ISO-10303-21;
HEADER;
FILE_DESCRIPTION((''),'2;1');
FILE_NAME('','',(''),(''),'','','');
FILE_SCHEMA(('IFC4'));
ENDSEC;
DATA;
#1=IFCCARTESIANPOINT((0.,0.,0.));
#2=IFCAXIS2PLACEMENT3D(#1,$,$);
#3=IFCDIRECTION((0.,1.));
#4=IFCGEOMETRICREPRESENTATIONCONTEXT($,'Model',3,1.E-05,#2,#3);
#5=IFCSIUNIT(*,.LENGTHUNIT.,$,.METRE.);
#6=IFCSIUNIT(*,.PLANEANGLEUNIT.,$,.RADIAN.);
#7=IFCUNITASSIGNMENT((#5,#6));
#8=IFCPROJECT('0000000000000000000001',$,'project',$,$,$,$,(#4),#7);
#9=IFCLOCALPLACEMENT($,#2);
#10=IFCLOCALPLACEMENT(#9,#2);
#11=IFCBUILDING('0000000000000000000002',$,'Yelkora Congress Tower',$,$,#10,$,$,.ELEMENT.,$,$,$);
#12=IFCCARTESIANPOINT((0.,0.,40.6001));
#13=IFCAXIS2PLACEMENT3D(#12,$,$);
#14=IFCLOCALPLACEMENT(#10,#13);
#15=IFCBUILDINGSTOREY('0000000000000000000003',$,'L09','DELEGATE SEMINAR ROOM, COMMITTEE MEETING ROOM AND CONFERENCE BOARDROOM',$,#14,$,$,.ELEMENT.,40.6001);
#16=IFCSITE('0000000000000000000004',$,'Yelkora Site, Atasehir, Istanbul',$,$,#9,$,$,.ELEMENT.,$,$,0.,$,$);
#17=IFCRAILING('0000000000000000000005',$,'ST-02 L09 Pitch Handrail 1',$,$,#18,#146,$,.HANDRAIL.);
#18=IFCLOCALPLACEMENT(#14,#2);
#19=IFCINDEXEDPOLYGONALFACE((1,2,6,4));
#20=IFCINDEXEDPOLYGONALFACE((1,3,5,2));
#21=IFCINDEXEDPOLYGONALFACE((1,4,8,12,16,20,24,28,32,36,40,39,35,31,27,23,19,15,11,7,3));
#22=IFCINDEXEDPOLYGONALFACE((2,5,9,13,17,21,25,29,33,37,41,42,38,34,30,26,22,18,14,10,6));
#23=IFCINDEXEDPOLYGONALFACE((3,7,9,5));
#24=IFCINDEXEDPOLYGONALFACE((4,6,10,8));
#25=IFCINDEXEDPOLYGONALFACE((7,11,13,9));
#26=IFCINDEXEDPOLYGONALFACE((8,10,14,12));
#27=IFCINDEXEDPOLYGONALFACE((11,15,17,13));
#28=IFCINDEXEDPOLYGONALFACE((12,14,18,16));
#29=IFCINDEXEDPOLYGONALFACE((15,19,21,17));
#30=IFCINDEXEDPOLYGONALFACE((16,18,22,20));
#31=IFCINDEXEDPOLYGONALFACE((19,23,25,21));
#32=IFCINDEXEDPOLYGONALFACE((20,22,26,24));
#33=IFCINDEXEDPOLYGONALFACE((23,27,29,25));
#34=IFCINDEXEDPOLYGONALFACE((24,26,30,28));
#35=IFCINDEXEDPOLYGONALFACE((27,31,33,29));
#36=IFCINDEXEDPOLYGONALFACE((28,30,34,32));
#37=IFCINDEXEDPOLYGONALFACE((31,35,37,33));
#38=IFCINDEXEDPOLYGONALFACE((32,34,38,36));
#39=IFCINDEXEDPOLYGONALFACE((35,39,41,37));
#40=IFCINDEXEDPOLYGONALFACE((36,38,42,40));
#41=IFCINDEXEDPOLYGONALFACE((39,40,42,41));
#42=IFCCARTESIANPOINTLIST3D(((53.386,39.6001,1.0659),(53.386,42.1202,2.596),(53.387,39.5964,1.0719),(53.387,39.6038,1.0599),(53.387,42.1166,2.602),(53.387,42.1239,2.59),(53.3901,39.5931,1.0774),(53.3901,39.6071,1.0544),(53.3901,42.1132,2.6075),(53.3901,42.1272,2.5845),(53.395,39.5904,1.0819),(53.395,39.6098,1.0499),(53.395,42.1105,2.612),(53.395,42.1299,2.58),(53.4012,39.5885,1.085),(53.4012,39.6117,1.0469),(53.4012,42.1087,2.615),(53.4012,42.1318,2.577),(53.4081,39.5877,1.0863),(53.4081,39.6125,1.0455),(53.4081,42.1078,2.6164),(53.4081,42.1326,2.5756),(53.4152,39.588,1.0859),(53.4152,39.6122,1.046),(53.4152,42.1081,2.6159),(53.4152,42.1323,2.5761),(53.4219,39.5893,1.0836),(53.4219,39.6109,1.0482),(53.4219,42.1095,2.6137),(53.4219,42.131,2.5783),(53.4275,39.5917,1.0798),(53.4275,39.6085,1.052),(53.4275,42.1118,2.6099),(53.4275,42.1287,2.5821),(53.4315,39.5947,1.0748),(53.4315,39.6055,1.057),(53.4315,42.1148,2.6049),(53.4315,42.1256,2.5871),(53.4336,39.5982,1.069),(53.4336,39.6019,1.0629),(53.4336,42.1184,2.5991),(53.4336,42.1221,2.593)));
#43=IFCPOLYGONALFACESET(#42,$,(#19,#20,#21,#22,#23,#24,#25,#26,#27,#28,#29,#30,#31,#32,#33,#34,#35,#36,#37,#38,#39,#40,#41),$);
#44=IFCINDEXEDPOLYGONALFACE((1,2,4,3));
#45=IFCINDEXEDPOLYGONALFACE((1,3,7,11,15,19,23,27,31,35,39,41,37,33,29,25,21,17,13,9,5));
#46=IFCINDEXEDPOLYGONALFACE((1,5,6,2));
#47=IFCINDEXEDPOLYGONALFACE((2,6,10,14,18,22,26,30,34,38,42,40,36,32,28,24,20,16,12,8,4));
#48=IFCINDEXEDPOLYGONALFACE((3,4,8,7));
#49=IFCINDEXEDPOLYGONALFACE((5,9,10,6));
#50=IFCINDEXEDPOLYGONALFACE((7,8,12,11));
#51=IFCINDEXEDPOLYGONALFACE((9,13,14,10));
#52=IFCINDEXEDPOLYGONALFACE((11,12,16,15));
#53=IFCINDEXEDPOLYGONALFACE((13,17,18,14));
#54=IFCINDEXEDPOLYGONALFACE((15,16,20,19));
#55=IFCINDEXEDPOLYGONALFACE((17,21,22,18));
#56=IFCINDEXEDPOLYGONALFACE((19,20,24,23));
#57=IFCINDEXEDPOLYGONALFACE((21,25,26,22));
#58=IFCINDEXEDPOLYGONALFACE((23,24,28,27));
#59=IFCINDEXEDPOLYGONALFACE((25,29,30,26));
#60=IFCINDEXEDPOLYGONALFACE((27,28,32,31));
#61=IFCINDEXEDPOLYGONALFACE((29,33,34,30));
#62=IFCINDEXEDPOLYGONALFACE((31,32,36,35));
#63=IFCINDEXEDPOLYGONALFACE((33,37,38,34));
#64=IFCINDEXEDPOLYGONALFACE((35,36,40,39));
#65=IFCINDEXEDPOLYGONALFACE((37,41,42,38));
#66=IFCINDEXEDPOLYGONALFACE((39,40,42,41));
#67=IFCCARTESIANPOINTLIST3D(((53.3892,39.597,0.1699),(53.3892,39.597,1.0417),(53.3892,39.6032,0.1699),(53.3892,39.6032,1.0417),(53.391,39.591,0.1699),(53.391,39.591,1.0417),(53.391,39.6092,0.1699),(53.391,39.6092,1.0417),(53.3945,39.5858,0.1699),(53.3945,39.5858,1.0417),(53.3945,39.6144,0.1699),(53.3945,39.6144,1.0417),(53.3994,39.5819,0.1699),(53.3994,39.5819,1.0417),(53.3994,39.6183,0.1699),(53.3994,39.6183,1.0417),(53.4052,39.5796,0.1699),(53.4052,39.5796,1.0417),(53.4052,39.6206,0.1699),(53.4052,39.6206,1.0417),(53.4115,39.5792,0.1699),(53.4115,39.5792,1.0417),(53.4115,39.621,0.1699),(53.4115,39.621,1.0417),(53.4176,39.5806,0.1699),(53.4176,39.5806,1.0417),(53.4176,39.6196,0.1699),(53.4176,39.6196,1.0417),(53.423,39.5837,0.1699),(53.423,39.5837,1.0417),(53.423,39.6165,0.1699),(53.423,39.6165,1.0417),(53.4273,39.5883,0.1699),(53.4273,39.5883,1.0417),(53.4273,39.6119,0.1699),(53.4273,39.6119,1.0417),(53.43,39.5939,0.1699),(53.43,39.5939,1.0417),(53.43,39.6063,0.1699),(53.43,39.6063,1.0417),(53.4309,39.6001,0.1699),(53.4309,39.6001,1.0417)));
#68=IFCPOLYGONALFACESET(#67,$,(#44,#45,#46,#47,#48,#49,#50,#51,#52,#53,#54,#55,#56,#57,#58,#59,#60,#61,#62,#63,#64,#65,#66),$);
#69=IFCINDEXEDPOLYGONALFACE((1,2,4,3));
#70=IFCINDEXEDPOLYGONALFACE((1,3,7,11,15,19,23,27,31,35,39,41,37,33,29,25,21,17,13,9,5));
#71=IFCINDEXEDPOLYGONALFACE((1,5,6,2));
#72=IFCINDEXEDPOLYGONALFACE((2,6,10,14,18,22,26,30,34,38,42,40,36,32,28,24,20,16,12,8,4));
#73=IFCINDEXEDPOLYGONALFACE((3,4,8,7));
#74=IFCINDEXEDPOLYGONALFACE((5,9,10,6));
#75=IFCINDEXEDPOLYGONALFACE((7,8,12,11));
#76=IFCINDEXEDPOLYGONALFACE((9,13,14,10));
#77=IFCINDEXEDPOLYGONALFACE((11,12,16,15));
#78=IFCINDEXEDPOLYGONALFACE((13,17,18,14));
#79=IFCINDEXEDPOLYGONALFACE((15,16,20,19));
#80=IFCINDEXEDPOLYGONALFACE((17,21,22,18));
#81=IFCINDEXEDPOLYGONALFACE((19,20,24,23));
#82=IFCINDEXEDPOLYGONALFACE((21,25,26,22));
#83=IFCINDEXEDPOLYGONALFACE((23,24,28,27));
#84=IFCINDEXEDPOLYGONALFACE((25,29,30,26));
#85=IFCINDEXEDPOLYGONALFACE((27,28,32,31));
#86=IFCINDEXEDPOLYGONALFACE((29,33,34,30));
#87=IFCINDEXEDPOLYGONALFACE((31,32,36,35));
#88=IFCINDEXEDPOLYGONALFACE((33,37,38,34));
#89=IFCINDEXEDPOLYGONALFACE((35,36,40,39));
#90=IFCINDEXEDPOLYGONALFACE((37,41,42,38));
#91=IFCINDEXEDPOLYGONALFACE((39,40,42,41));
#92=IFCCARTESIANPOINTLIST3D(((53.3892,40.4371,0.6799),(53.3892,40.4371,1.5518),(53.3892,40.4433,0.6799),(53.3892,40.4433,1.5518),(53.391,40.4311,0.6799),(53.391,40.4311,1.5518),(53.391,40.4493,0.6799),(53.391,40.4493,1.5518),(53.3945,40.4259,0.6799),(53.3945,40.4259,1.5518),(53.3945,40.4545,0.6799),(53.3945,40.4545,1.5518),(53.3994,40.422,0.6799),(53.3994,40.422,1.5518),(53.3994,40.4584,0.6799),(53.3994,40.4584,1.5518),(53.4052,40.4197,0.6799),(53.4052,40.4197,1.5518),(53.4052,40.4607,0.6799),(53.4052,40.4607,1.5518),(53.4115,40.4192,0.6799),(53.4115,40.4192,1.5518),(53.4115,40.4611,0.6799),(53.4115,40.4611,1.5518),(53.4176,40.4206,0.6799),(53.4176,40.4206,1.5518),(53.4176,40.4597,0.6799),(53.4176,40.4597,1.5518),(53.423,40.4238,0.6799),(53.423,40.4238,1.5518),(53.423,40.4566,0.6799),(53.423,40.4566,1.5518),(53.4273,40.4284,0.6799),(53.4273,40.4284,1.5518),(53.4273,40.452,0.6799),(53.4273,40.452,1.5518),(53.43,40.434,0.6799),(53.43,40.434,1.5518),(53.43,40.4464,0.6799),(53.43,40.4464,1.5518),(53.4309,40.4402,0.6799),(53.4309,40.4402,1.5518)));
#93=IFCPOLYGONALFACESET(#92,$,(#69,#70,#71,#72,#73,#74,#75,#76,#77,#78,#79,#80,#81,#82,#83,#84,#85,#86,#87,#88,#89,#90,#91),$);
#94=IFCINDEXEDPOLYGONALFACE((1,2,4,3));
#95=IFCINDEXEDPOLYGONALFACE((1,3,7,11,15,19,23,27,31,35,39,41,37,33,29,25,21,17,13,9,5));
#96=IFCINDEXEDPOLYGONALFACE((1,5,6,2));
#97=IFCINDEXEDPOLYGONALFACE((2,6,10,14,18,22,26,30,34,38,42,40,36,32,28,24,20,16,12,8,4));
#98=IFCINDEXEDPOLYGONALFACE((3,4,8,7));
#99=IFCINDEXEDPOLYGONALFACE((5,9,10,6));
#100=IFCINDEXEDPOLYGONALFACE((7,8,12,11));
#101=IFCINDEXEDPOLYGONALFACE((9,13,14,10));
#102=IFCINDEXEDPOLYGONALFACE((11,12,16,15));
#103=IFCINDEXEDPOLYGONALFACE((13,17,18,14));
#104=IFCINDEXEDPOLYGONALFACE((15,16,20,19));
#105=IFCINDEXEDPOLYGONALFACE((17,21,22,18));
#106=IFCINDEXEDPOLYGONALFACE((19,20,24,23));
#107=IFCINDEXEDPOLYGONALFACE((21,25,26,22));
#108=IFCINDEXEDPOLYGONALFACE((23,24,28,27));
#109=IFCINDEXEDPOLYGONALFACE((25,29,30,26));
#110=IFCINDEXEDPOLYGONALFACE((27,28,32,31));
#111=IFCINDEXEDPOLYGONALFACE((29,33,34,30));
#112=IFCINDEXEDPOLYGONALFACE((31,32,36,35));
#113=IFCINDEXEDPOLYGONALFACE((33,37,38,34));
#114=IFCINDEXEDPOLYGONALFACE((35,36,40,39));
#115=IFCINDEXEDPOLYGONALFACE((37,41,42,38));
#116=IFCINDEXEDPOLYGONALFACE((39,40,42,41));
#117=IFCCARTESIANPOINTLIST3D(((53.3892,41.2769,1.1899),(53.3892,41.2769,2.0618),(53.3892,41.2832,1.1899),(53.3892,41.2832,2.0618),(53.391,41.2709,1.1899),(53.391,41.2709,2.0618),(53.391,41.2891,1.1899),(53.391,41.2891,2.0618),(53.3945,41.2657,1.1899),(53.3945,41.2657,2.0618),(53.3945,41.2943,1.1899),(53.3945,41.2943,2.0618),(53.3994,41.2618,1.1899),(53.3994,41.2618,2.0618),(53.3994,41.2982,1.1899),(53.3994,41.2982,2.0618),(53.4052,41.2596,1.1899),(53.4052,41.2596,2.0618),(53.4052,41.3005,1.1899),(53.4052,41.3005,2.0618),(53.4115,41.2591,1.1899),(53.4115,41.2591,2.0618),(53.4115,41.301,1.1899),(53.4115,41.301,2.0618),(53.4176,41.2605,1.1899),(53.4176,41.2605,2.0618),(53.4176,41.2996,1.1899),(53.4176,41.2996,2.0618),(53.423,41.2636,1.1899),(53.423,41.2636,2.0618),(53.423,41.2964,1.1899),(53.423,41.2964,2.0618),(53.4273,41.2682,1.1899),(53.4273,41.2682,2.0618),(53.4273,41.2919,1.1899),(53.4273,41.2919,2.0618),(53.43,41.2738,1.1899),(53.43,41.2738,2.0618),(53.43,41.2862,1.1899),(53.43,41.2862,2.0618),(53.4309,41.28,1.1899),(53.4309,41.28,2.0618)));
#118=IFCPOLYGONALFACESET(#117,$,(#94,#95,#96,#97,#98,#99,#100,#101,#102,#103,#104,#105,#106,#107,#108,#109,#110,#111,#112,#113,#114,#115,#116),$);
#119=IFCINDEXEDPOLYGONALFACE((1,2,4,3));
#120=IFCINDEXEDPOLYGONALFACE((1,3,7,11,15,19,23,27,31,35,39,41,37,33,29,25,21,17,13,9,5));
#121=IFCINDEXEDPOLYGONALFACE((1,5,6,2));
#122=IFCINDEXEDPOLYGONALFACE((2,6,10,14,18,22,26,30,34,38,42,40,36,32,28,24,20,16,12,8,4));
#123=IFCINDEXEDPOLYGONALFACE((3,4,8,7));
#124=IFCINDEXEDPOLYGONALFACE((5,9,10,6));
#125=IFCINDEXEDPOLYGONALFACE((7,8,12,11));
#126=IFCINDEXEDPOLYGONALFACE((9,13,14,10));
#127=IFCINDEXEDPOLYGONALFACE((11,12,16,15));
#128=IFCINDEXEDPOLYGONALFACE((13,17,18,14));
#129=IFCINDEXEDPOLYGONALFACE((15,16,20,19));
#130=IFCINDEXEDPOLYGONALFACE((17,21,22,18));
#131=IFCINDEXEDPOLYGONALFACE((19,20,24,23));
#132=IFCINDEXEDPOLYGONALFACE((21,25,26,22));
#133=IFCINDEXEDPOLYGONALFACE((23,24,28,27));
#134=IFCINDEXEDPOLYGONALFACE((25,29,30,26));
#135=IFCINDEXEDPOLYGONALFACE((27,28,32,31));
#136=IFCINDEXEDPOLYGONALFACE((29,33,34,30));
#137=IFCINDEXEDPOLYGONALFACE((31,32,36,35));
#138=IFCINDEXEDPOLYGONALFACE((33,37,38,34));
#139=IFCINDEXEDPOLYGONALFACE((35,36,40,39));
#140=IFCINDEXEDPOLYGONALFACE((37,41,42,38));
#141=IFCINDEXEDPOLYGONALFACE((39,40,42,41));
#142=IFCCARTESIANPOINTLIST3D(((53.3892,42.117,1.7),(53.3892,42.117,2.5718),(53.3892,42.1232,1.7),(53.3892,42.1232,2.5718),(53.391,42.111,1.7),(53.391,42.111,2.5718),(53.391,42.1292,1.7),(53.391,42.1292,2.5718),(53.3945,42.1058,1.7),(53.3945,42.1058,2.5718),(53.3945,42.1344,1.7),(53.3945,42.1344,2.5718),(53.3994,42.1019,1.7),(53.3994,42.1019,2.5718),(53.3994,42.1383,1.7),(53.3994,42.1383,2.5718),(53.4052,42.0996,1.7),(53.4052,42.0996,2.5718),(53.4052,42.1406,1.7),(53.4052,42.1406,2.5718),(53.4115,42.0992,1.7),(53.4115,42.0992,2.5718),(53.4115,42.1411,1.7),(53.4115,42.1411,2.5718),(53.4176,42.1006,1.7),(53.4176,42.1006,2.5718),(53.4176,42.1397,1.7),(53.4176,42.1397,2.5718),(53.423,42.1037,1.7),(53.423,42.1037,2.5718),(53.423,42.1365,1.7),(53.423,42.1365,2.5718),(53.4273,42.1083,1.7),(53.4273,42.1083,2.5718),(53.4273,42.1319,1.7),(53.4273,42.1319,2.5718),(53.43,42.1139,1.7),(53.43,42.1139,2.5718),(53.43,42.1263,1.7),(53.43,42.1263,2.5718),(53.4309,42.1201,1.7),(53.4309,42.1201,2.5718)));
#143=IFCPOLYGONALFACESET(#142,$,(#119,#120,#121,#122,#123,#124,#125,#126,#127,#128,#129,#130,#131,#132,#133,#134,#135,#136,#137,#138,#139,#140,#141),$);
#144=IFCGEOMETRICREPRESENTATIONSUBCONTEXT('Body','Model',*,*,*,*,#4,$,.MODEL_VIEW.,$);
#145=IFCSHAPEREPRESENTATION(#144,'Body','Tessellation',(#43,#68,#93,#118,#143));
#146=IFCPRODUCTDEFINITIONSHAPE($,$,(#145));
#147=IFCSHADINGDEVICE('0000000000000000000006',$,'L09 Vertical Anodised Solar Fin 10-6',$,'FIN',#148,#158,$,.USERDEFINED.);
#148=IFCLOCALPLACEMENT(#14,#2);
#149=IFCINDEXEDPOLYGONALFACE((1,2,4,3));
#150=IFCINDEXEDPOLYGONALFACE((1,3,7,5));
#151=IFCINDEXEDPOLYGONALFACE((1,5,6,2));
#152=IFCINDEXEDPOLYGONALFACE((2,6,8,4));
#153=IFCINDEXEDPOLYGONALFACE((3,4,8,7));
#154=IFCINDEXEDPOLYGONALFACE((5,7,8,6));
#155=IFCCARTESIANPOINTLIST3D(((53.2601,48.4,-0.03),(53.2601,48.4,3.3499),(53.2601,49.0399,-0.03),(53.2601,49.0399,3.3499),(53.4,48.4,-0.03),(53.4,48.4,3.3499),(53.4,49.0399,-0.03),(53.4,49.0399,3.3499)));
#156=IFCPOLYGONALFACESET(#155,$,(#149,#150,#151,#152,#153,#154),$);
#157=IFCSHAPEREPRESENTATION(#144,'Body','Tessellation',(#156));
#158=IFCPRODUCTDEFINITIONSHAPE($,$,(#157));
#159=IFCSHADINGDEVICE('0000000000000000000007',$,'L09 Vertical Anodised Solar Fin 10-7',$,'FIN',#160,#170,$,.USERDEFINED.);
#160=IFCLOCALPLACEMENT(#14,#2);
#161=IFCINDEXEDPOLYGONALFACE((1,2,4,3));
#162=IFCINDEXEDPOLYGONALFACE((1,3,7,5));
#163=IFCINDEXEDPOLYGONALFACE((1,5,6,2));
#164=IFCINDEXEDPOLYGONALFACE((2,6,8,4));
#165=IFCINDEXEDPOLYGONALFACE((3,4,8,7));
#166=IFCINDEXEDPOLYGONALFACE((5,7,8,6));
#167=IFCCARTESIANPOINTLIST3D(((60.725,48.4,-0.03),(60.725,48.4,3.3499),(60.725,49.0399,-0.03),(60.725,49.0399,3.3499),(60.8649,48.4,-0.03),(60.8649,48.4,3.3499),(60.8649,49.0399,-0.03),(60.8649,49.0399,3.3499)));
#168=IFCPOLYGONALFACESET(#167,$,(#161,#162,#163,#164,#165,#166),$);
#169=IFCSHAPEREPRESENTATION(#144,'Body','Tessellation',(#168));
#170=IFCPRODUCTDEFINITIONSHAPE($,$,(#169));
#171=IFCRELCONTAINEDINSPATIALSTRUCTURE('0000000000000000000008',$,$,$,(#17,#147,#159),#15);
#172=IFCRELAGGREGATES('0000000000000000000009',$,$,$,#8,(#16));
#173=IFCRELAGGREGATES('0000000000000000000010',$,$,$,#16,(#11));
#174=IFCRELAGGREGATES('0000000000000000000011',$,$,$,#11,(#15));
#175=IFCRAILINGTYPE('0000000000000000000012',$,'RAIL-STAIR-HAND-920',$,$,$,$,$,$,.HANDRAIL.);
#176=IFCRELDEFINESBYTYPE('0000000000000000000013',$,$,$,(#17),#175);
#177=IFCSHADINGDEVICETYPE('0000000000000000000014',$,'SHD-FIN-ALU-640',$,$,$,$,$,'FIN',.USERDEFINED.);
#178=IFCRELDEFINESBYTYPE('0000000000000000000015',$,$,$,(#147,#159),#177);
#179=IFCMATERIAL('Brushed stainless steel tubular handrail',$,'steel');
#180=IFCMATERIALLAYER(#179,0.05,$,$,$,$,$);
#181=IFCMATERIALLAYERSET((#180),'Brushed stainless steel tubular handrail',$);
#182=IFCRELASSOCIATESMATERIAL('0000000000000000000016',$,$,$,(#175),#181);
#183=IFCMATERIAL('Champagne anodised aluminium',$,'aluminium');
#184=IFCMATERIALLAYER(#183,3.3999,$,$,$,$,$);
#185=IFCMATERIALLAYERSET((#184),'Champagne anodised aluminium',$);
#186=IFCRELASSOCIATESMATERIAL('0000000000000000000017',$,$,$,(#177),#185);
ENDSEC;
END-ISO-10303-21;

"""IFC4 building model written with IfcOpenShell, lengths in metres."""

from ifc_helpers import new_model, si_unit, direction, frame, origin, origin_2d, place, context, subcontext, project, spatial, rectangle, circle, extrude, material, layer, layer_set, type_object, element, save


model = new_model("IFC4")

# Units and contexts
model_context = context("Model", 3, precision=1e-05, world=origin(), true_north=direction((0.0, 1.0)))
body_context = subcontext(model_context, "Body", "Model", "MODEL_VIEW")
ifc_project = project(units=[si_unit("LENGTHUNIT", "METRE"), si_unit("PLANEANGLEUNIT", "RADIAN")], contexts=[model_context])

# Site, building, storey
site_placement = place(None, origin())
site = spatial("IfcSite", under=ifc_project, at=site_placement, Name="Yelkora Site, Atasehir, Istanbul", CompositionType="ELEMENT", RefElevation=0.0)
building_placement = place(site_placement, origin())
building = spatial("IfcBuilding", under=site, at=building_placement, Name="Yelkora Congress Tower", CompositionType="ELEMENT")
storey_placement = place(building_placement, frame((0.0, 0.0, 40.6001)))
storey = spatial("IfcBuildingStorey", under=building, at=storey_placement, Name="L09", Description="DELEGATE SEMINAR ROOM, COMMITTEE MEETING ROOM AND CONFERENCE BOARDROOM", CompositionType="ELEMENT", Elevation=40.6001)

# Railing
ifc_material_1 = material(Name="Brushed stainless steel tubular handrail", Category="steel")
ifc_layer_1 = layer(ifc_material_1, 0.05)
ifc_layer_set_1 = layer_set([ifc_layer_1], Name="Brushed stainless steel tubular handrail")
railing_type_1 = type_object("IfcRailingType", Name="RAIL-STAIR-HAND-920", PredefinedType="HANDRAIL", material=ifc_layer_set_1)
railing_1_placement = place(storey_placement, frame((53.4099, 39.6001, 0.1699)))
element("IfcRailing", 1, at=railing_1_placement, inside=storey, type_object=railing_type_1, Name="ST-02 L09 Pitch Handrail 1", PredefinedType="HANDRAIL", context=body_context, shape_type="SweptSolid", body=[
    extrude(circle(Radius=0.0239, at=origin_2d()), frame((0.0, 0.0, 0.896), z_axis=(0.0, 0.854785, 0.518982), x_axis=(-1.0, 0.0, 0.0)), (0.0, 0.0, 1.0), 2.9482),
    extrude(circle(Radius=0.021, at=origin_2d()), origin(), (0.0, 0.0, 1.0), 0.8718),
    extrude(circle(Radius=0.021, at=origin_2d()), frame((0.0, 0.8401, 0.51)), (0.0, 0.0, 1.0), 0.8718),
    extrude(circle(Radius=0.021, at=origin_2d()), frame((0.0, 1.6799, 1.02)), (0.0, 0.0, 1.0), 0.8718),
    extrude(circle(Radius=0.021, at=origin_2d()), frame((0.0, 2.52, 1.53)), (0.0, 0.0, 1.0), 0.8718),
])

# Shading devices
ifc_material_2 = material(Name="Champagne anodised aluminium", Category="aluminium")
ifc_layer_2 = layer(ifc_material_2, 3.3999)
ifc_layer_set_2 = layer_set([ifc_layer_2], Name="Champagne anodised aluminium")
shading_device_type = type_object("IfcShadingDeviceType", Name="SHD-FIN-ALU-640", ElementType="FIN", PredefinedType="USERDEFINED", material=ifc_layer_set_2)
for number, where, z_axis, x_axis, name in (
    (2, (53.3301, 48.72, -0.03), (0.0, 0.0, 1.0), (1.0, 0.0, 0.0), "L09 Vertical Anodised Solar Fin 10-6"),
    (3, (60.7949, 48.72, -0.03), (0.0, 0.0, 1.0), (1.0, 0.0, 0.0), "L09 Vertical Anodised Solar Fin 10-7"),
):
    element("IfcShadingDevice", number, at=place(storey_placement, frame(where, z_axis=z_axis, x_axis=x_axis)), inside=storey, type_object=shading_device_type, Name=name, ObjectType="FIN", PredefinedType="USERDEFINED", context=body_context, shape_type="SweptSolid", body=[
        extrude(rectangle(XDim=0.1399, YDim=0.6399, at=origin_2d()), origin(), (0.0, 0.0, 1.0), 3.3799),
    ])

save(model, "model.ifc")
